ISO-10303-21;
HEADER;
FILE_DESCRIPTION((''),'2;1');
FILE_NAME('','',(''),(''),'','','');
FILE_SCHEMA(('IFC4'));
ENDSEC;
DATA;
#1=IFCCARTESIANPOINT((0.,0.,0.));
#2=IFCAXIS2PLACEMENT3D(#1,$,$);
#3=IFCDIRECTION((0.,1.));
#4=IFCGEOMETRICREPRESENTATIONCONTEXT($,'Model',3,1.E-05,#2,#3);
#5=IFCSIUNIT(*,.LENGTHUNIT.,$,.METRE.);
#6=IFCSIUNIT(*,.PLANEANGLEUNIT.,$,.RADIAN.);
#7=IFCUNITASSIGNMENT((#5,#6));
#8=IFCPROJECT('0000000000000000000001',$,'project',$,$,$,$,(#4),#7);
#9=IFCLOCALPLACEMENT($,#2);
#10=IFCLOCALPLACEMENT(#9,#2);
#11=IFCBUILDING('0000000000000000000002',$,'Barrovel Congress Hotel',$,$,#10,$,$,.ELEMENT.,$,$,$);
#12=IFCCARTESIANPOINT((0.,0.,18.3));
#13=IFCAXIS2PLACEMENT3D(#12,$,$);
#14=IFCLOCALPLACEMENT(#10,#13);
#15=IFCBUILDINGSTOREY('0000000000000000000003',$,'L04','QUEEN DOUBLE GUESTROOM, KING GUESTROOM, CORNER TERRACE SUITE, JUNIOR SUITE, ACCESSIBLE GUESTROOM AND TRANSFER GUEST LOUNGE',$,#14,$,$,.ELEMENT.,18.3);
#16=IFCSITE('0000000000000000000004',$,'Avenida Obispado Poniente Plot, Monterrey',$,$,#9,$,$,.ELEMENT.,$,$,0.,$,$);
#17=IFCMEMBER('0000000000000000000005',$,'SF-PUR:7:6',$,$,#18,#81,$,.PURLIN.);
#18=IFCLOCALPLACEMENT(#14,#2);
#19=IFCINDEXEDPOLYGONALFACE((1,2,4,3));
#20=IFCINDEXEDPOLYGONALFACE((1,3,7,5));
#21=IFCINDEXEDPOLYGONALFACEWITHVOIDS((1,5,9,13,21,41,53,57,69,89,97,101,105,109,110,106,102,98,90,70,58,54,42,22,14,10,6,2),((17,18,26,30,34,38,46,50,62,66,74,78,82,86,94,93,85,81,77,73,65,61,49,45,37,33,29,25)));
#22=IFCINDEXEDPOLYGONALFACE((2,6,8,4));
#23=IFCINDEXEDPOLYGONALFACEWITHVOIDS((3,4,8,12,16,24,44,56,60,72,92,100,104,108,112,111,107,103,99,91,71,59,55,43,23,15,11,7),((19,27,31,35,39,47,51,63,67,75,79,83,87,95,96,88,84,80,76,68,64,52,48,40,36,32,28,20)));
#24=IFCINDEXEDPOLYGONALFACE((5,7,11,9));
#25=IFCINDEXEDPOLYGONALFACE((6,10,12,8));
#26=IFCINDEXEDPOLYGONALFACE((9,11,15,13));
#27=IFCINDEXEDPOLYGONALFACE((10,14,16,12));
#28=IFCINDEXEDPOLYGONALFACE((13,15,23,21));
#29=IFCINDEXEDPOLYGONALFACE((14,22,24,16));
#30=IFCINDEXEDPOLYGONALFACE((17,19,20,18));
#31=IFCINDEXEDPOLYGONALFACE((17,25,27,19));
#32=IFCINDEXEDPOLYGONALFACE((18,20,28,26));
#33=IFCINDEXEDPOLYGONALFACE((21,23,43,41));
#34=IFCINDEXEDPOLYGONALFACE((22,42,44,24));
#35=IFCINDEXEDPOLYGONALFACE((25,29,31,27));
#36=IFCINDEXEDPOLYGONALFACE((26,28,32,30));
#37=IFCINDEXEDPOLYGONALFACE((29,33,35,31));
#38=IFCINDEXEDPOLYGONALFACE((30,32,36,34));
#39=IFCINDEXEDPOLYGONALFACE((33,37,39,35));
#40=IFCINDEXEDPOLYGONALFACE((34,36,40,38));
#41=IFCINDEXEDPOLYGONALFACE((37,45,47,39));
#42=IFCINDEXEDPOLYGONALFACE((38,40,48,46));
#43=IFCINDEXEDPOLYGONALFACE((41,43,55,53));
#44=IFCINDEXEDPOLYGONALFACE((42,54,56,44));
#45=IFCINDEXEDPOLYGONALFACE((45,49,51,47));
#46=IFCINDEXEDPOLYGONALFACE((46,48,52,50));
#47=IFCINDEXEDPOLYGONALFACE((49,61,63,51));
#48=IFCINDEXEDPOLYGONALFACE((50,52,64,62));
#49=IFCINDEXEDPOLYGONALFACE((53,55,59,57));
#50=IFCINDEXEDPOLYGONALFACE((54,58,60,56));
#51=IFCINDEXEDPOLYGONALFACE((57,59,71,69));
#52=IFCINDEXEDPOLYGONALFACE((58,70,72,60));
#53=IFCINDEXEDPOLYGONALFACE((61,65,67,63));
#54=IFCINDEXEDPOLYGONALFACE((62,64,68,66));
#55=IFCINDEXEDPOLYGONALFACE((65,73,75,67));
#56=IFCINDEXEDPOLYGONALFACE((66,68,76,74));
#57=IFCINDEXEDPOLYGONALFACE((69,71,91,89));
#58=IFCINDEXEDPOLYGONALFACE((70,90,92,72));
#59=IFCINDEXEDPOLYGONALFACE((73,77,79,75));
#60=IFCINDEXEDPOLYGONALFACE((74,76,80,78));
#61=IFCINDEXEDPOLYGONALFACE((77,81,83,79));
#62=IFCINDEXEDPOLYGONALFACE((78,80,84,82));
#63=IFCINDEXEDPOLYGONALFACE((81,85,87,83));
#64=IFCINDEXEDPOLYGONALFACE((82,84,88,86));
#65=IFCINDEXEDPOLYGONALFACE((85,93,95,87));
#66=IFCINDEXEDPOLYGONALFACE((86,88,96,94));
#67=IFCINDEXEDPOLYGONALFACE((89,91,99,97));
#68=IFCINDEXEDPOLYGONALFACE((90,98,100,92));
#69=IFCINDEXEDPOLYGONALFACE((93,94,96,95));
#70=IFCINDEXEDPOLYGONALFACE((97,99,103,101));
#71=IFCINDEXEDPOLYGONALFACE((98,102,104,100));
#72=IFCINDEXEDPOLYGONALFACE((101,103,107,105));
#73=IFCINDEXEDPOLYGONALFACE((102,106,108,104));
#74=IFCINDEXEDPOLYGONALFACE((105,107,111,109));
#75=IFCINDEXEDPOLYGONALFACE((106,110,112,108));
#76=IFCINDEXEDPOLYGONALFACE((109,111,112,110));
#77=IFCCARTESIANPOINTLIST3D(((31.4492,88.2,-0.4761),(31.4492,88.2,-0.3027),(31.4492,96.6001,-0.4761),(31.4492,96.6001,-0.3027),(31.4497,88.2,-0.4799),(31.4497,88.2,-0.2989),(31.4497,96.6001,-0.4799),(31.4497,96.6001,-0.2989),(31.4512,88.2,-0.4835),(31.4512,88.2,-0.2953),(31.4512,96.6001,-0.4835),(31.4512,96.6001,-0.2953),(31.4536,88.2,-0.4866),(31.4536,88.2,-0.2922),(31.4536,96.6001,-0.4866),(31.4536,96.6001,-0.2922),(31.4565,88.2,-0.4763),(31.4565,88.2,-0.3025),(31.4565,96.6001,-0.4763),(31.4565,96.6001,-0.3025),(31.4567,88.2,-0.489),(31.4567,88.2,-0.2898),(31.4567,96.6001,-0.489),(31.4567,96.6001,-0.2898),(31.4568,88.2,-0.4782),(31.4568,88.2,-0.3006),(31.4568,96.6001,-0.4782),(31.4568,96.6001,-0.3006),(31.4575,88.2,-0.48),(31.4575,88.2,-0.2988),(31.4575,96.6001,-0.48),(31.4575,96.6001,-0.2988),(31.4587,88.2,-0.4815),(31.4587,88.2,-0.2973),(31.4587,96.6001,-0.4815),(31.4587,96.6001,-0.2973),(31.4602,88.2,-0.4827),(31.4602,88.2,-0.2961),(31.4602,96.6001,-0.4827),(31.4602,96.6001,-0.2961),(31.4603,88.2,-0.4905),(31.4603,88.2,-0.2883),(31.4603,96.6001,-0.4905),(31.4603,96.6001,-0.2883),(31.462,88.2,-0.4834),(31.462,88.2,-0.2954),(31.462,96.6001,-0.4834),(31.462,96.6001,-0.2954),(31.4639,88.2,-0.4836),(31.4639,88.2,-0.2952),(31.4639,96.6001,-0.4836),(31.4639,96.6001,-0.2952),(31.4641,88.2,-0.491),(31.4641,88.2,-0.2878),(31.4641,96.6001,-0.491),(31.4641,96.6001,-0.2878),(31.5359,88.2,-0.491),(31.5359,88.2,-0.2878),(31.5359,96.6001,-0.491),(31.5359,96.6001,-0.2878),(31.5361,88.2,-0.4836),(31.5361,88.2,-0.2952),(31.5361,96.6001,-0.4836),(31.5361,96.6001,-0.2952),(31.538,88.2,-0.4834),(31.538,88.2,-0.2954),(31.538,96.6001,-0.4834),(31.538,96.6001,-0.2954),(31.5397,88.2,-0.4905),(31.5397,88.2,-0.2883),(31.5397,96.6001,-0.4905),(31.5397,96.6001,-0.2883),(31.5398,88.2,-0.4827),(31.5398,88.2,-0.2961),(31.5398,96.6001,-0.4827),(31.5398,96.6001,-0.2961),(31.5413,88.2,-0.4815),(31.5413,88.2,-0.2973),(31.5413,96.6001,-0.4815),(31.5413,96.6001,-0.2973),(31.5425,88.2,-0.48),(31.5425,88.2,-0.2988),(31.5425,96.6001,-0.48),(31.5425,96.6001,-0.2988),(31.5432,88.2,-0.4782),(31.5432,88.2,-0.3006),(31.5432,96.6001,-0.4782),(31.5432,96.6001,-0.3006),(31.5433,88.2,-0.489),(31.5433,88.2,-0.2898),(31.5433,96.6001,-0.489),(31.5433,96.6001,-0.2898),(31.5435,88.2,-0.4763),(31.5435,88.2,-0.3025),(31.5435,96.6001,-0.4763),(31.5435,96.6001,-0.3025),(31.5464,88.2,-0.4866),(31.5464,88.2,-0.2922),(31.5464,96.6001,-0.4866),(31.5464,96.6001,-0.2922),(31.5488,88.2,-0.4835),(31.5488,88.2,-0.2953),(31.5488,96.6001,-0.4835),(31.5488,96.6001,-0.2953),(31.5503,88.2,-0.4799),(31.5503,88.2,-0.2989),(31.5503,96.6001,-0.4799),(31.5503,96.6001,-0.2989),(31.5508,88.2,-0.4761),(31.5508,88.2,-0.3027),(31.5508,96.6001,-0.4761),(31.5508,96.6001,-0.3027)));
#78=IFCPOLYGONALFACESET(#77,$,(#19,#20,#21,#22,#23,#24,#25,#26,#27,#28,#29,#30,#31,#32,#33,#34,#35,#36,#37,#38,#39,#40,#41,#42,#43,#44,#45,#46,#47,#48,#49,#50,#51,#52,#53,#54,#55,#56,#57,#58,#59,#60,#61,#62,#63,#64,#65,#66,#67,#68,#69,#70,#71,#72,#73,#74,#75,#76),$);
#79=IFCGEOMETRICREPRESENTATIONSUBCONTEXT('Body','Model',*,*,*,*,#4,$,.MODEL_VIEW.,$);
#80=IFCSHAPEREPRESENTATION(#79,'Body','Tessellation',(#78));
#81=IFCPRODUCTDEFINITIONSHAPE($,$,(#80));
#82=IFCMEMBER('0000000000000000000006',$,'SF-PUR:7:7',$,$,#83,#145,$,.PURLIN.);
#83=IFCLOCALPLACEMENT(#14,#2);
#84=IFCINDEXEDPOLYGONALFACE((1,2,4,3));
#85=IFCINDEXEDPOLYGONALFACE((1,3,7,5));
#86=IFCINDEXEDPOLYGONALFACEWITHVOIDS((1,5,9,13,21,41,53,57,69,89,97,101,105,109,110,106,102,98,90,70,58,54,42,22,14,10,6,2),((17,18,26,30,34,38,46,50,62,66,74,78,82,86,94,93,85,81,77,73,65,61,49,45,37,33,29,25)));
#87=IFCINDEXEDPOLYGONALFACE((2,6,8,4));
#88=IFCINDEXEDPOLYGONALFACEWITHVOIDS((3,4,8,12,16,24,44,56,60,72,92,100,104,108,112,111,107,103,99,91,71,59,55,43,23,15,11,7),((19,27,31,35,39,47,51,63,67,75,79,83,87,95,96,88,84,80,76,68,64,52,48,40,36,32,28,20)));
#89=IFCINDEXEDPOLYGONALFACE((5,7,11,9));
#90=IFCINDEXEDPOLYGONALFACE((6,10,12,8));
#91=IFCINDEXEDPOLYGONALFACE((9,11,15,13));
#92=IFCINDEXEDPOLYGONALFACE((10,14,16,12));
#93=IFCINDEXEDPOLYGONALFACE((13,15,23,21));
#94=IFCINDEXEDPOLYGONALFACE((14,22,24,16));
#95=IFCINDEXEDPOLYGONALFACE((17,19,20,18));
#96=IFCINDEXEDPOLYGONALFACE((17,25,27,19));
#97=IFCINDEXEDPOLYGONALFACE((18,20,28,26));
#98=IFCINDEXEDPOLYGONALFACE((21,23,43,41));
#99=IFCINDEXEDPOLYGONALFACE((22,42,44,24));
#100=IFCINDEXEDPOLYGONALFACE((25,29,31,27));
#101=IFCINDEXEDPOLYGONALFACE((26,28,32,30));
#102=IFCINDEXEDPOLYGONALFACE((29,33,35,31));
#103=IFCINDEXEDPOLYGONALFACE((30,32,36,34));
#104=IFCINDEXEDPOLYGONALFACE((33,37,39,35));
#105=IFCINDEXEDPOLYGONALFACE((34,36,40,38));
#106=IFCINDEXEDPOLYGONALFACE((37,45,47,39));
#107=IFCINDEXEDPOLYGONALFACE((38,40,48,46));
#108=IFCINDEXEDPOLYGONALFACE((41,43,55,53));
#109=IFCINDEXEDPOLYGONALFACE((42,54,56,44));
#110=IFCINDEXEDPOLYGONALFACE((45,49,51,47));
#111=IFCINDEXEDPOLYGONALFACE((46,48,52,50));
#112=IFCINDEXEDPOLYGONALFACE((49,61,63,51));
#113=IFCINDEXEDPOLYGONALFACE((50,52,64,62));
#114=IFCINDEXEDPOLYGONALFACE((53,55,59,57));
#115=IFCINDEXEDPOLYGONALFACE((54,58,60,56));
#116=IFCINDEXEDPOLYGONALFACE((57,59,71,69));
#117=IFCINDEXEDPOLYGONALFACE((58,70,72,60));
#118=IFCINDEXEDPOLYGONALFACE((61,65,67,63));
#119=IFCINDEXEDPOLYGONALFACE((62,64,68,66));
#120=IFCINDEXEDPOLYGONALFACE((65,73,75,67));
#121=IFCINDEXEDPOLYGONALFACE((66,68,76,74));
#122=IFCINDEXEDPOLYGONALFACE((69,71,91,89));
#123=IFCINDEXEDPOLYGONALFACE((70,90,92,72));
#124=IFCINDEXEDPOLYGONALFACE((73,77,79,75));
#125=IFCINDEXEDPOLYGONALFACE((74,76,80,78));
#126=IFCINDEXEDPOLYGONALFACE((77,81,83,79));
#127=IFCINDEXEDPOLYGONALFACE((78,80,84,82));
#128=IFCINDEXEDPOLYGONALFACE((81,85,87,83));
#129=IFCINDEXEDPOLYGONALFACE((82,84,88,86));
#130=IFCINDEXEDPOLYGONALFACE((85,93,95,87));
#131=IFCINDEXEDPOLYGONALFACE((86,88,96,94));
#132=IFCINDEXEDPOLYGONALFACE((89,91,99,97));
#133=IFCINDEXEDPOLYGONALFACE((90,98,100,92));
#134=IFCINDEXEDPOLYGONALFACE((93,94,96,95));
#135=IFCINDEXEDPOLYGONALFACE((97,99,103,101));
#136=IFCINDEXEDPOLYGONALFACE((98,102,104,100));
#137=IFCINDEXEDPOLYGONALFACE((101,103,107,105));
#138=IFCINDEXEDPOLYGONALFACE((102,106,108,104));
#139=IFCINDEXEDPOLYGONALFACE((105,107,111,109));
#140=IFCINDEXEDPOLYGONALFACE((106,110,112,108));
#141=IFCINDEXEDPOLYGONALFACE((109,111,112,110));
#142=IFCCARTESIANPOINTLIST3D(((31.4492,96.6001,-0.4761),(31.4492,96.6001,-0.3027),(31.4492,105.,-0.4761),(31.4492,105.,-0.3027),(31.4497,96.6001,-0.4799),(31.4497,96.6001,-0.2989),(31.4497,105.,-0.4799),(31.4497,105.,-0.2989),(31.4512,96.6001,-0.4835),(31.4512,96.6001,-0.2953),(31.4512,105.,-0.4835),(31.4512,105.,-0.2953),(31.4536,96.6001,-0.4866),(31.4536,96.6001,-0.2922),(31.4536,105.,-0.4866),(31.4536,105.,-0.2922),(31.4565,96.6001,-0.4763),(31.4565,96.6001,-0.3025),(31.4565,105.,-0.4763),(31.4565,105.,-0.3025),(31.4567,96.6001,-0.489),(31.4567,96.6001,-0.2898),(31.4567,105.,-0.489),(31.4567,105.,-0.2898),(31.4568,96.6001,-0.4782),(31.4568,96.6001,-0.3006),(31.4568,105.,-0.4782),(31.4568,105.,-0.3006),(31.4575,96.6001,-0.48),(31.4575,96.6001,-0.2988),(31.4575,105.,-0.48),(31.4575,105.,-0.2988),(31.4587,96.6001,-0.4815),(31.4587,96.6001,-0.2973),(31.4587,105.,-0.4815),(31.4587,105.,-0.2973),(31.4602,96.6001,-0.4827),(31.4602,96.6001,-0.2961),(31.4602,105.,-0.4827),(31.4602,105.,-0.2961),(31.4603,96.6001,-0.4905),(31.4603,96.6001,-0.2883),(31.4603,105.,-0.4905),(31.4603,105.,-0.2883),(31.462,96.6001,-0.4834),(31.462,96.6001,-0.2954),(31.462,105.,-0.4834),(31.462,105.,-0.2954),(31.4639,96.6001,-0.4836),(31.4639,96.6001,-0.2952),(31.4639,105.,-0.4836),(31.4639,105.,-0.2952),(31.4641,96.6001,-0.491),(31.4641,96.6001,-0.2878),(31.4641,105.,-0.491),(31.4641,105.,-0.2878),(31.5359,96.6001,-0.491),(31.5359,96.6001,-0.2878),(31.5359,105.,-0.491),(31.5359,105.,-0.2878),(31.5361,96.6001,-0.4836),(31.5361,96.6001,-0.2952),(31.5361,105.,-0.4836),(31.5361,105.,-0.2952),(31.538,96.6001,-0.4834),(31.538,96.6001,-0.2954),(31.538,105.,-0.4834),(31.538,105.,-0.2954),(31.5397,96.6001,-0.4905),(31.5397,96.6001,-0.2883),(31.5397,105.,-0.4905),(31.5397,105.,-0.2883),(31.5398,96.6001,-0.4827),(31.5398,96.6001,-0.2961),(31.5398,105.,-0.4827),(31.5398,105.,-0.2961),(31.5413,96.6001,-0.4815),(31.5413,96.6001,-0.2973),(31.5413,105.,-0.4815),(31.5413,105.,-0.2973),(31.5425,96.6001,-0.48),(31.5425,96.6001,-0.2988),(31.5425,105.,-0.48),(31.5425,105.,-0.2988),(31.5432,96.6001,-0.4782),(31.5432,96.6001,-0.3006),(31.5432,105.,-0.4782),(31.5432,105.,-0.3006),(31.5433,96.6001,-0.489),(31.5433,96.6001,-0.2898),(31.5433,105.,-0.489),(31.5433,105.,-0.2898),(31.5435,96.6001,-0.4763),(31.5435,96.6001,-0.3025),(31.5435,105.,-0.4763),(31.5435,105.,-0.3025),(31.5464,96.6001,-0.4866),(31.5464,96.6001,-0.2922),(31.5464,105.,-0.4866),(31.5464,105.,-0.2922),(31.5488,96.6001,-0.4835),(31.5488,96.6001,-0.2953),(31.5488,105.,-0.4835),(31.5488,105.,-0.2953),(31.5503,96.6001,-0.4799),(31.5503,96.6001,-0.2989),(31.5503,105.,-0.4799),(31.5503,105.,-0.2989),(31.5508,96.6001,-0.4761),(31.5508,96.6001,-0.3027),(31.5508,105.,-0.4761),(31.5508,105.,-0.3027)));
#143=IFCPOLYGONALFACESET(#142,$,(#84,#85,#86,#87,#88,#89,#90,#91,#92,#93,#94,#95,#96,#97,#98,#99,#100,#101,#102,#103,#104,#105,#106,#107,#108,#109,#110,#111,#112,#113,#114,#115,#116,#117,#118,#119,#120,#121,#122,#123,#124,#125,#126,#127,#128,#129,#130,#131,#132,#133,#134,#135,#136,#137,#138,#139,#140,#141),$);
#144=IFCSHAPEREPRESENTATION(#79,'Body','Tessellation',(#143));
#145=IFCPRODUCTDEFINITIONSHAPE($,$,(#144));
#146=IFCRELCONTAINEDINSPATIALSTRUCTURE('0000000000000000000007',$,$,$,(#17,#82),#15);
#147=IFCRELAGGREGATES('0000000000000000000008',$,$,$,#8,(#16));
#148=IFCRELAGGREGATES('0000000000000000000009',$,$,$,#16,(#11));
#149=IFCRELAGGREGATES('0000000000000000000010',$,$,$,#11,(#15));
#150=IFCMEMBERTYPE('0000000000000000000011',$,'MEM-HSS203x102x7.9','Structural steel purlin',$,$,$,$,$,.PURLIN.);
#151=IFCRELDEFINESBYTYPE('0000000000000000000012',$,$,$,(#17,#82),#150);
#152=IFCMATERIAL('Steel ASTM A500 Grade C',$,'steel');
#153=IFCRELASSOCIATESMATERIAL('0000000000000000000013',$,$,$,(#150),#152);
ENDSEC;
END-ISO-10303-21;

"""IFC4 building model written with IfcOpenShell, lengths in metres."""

from ifc_helpers import new_model, si_unit, direction, frame, origin, origin_2d, place, context, subcontext, project, spatial, hollow_rectangle, extrude, material, material_profile, profile_set, type_object, element, save


model = new_model("IFC4")

# Units and contexts
model_context = context("Model", 3, precision=1e-05, world=origin(), true_north=direction((0.0, 1.0)))
body_context = subcontext(model_context, "Body", "Model", "MODEL_VIEW")
ifc_project = project(units=[si_unit("LENGTHUNIT", "METRE"), si_unit("PLANEANGLEUNIT", "RADIAN")], contexts=[model_context])

# Site, building, storey
site_placement = place(None, origin())
site = spatial("IfcSite", under=ifc_project, at=site_placement, Name="Avenida Obispado Poniente Plot, Monterrey", CompositionType="ELEMENT", RefElevation=0.0)
building_placement = place(site_placement, origin())
building = spatial("IfcBuilding", under=site, at=building_placement, Name="Barrovel Congress Hotel", CompositionType="ELEMENT")
storey_placement = place(building_placement, frame((0.0, 0.0, 18.3)))
storey = spatial("IfcBuildingStorey", under=building, at=storey_placement, Name="L04", Description="QUEEN DOUBLE GUESTROOM, KING GUESTROOM, CORNER TERRACE SUITE, JUNIOR SUITE, ACCESSIBLE GUESTROOM AND TRANSFER GUEST LOUNGE", CompositionType="ELEMENT", Elevation=18.3)

# Members
ifc_material_1 = material(Name="Steel ASTM A500 Grade C", Category="steel")
ifc_material_profile_1 = material_profile(ifc_material_1, hollow_rectangle(XDim=0.1016, YDim=0.2031, WallThickness=0.0073, InnerFilletRadius=0.0073, OuterFilletRadius=0.0149, at=origin_2d()), Name="HSS203x102x7.9")
ifc_profile_set_1 = profile_set([ifc_material_profile_1], Name="Steel ASTM A500 Grade C")
member_type_1 = type_object("IfcMemberType", Name="MEM-HSS203x102x7.9", Description="Structural steel purlin", PredefinedType="PURLIN", material=ifc_profile_set_1)
member_1_placement = place(storey_placement, frame((31.5, 88.2, -0.3894), z_axis=(0.0, 1.0, 0.0), x_axis=(-1.0, 0.0, 0.0)))
element("IfcMember", 1, at=member_1_placement, inside=storey, type_object=member_type_1, Name="SF-PUR:7:6", PredefinedType="PURLIN", context=body_context, shape_type="SweptSolid", body=[
    extrude(hollow_rectangle(XDim=0.1016, YDim=0.2031, WallThickness=0.0073, InnerFilletRadius=0.0073, OuterFilletRadius=0.0149, at=origin_2d()), origin(), (0.0, 0.0, 1.0), 8.4001),
])
member_2_placement = place(storey_placement, frame((31.5, 96.6001, -0.3894), z_axis=(0.0, 1.0, 0.0), x_axis=(-1.0, 0.0, 0.0)))
element("IfcMember", 2, at=member_2_placement, inside=storey, type_object=member_type_1, Name="SF-PUR:7:7", PredefinedType="PURLIN", context=body_context, shape_type="SweptSolid", body=[
    extrude(hollow_rectangle(XDim=0.1016, YDim=0.2031, WallThickness=0.0073, InnerFilletRadius=0.0073, OuterFilletRadius=0.0149, at=origin_2d()), origin(), (0.0, 0.0, 1.0), 8.3999),
])

save(model, "model.ifc")
